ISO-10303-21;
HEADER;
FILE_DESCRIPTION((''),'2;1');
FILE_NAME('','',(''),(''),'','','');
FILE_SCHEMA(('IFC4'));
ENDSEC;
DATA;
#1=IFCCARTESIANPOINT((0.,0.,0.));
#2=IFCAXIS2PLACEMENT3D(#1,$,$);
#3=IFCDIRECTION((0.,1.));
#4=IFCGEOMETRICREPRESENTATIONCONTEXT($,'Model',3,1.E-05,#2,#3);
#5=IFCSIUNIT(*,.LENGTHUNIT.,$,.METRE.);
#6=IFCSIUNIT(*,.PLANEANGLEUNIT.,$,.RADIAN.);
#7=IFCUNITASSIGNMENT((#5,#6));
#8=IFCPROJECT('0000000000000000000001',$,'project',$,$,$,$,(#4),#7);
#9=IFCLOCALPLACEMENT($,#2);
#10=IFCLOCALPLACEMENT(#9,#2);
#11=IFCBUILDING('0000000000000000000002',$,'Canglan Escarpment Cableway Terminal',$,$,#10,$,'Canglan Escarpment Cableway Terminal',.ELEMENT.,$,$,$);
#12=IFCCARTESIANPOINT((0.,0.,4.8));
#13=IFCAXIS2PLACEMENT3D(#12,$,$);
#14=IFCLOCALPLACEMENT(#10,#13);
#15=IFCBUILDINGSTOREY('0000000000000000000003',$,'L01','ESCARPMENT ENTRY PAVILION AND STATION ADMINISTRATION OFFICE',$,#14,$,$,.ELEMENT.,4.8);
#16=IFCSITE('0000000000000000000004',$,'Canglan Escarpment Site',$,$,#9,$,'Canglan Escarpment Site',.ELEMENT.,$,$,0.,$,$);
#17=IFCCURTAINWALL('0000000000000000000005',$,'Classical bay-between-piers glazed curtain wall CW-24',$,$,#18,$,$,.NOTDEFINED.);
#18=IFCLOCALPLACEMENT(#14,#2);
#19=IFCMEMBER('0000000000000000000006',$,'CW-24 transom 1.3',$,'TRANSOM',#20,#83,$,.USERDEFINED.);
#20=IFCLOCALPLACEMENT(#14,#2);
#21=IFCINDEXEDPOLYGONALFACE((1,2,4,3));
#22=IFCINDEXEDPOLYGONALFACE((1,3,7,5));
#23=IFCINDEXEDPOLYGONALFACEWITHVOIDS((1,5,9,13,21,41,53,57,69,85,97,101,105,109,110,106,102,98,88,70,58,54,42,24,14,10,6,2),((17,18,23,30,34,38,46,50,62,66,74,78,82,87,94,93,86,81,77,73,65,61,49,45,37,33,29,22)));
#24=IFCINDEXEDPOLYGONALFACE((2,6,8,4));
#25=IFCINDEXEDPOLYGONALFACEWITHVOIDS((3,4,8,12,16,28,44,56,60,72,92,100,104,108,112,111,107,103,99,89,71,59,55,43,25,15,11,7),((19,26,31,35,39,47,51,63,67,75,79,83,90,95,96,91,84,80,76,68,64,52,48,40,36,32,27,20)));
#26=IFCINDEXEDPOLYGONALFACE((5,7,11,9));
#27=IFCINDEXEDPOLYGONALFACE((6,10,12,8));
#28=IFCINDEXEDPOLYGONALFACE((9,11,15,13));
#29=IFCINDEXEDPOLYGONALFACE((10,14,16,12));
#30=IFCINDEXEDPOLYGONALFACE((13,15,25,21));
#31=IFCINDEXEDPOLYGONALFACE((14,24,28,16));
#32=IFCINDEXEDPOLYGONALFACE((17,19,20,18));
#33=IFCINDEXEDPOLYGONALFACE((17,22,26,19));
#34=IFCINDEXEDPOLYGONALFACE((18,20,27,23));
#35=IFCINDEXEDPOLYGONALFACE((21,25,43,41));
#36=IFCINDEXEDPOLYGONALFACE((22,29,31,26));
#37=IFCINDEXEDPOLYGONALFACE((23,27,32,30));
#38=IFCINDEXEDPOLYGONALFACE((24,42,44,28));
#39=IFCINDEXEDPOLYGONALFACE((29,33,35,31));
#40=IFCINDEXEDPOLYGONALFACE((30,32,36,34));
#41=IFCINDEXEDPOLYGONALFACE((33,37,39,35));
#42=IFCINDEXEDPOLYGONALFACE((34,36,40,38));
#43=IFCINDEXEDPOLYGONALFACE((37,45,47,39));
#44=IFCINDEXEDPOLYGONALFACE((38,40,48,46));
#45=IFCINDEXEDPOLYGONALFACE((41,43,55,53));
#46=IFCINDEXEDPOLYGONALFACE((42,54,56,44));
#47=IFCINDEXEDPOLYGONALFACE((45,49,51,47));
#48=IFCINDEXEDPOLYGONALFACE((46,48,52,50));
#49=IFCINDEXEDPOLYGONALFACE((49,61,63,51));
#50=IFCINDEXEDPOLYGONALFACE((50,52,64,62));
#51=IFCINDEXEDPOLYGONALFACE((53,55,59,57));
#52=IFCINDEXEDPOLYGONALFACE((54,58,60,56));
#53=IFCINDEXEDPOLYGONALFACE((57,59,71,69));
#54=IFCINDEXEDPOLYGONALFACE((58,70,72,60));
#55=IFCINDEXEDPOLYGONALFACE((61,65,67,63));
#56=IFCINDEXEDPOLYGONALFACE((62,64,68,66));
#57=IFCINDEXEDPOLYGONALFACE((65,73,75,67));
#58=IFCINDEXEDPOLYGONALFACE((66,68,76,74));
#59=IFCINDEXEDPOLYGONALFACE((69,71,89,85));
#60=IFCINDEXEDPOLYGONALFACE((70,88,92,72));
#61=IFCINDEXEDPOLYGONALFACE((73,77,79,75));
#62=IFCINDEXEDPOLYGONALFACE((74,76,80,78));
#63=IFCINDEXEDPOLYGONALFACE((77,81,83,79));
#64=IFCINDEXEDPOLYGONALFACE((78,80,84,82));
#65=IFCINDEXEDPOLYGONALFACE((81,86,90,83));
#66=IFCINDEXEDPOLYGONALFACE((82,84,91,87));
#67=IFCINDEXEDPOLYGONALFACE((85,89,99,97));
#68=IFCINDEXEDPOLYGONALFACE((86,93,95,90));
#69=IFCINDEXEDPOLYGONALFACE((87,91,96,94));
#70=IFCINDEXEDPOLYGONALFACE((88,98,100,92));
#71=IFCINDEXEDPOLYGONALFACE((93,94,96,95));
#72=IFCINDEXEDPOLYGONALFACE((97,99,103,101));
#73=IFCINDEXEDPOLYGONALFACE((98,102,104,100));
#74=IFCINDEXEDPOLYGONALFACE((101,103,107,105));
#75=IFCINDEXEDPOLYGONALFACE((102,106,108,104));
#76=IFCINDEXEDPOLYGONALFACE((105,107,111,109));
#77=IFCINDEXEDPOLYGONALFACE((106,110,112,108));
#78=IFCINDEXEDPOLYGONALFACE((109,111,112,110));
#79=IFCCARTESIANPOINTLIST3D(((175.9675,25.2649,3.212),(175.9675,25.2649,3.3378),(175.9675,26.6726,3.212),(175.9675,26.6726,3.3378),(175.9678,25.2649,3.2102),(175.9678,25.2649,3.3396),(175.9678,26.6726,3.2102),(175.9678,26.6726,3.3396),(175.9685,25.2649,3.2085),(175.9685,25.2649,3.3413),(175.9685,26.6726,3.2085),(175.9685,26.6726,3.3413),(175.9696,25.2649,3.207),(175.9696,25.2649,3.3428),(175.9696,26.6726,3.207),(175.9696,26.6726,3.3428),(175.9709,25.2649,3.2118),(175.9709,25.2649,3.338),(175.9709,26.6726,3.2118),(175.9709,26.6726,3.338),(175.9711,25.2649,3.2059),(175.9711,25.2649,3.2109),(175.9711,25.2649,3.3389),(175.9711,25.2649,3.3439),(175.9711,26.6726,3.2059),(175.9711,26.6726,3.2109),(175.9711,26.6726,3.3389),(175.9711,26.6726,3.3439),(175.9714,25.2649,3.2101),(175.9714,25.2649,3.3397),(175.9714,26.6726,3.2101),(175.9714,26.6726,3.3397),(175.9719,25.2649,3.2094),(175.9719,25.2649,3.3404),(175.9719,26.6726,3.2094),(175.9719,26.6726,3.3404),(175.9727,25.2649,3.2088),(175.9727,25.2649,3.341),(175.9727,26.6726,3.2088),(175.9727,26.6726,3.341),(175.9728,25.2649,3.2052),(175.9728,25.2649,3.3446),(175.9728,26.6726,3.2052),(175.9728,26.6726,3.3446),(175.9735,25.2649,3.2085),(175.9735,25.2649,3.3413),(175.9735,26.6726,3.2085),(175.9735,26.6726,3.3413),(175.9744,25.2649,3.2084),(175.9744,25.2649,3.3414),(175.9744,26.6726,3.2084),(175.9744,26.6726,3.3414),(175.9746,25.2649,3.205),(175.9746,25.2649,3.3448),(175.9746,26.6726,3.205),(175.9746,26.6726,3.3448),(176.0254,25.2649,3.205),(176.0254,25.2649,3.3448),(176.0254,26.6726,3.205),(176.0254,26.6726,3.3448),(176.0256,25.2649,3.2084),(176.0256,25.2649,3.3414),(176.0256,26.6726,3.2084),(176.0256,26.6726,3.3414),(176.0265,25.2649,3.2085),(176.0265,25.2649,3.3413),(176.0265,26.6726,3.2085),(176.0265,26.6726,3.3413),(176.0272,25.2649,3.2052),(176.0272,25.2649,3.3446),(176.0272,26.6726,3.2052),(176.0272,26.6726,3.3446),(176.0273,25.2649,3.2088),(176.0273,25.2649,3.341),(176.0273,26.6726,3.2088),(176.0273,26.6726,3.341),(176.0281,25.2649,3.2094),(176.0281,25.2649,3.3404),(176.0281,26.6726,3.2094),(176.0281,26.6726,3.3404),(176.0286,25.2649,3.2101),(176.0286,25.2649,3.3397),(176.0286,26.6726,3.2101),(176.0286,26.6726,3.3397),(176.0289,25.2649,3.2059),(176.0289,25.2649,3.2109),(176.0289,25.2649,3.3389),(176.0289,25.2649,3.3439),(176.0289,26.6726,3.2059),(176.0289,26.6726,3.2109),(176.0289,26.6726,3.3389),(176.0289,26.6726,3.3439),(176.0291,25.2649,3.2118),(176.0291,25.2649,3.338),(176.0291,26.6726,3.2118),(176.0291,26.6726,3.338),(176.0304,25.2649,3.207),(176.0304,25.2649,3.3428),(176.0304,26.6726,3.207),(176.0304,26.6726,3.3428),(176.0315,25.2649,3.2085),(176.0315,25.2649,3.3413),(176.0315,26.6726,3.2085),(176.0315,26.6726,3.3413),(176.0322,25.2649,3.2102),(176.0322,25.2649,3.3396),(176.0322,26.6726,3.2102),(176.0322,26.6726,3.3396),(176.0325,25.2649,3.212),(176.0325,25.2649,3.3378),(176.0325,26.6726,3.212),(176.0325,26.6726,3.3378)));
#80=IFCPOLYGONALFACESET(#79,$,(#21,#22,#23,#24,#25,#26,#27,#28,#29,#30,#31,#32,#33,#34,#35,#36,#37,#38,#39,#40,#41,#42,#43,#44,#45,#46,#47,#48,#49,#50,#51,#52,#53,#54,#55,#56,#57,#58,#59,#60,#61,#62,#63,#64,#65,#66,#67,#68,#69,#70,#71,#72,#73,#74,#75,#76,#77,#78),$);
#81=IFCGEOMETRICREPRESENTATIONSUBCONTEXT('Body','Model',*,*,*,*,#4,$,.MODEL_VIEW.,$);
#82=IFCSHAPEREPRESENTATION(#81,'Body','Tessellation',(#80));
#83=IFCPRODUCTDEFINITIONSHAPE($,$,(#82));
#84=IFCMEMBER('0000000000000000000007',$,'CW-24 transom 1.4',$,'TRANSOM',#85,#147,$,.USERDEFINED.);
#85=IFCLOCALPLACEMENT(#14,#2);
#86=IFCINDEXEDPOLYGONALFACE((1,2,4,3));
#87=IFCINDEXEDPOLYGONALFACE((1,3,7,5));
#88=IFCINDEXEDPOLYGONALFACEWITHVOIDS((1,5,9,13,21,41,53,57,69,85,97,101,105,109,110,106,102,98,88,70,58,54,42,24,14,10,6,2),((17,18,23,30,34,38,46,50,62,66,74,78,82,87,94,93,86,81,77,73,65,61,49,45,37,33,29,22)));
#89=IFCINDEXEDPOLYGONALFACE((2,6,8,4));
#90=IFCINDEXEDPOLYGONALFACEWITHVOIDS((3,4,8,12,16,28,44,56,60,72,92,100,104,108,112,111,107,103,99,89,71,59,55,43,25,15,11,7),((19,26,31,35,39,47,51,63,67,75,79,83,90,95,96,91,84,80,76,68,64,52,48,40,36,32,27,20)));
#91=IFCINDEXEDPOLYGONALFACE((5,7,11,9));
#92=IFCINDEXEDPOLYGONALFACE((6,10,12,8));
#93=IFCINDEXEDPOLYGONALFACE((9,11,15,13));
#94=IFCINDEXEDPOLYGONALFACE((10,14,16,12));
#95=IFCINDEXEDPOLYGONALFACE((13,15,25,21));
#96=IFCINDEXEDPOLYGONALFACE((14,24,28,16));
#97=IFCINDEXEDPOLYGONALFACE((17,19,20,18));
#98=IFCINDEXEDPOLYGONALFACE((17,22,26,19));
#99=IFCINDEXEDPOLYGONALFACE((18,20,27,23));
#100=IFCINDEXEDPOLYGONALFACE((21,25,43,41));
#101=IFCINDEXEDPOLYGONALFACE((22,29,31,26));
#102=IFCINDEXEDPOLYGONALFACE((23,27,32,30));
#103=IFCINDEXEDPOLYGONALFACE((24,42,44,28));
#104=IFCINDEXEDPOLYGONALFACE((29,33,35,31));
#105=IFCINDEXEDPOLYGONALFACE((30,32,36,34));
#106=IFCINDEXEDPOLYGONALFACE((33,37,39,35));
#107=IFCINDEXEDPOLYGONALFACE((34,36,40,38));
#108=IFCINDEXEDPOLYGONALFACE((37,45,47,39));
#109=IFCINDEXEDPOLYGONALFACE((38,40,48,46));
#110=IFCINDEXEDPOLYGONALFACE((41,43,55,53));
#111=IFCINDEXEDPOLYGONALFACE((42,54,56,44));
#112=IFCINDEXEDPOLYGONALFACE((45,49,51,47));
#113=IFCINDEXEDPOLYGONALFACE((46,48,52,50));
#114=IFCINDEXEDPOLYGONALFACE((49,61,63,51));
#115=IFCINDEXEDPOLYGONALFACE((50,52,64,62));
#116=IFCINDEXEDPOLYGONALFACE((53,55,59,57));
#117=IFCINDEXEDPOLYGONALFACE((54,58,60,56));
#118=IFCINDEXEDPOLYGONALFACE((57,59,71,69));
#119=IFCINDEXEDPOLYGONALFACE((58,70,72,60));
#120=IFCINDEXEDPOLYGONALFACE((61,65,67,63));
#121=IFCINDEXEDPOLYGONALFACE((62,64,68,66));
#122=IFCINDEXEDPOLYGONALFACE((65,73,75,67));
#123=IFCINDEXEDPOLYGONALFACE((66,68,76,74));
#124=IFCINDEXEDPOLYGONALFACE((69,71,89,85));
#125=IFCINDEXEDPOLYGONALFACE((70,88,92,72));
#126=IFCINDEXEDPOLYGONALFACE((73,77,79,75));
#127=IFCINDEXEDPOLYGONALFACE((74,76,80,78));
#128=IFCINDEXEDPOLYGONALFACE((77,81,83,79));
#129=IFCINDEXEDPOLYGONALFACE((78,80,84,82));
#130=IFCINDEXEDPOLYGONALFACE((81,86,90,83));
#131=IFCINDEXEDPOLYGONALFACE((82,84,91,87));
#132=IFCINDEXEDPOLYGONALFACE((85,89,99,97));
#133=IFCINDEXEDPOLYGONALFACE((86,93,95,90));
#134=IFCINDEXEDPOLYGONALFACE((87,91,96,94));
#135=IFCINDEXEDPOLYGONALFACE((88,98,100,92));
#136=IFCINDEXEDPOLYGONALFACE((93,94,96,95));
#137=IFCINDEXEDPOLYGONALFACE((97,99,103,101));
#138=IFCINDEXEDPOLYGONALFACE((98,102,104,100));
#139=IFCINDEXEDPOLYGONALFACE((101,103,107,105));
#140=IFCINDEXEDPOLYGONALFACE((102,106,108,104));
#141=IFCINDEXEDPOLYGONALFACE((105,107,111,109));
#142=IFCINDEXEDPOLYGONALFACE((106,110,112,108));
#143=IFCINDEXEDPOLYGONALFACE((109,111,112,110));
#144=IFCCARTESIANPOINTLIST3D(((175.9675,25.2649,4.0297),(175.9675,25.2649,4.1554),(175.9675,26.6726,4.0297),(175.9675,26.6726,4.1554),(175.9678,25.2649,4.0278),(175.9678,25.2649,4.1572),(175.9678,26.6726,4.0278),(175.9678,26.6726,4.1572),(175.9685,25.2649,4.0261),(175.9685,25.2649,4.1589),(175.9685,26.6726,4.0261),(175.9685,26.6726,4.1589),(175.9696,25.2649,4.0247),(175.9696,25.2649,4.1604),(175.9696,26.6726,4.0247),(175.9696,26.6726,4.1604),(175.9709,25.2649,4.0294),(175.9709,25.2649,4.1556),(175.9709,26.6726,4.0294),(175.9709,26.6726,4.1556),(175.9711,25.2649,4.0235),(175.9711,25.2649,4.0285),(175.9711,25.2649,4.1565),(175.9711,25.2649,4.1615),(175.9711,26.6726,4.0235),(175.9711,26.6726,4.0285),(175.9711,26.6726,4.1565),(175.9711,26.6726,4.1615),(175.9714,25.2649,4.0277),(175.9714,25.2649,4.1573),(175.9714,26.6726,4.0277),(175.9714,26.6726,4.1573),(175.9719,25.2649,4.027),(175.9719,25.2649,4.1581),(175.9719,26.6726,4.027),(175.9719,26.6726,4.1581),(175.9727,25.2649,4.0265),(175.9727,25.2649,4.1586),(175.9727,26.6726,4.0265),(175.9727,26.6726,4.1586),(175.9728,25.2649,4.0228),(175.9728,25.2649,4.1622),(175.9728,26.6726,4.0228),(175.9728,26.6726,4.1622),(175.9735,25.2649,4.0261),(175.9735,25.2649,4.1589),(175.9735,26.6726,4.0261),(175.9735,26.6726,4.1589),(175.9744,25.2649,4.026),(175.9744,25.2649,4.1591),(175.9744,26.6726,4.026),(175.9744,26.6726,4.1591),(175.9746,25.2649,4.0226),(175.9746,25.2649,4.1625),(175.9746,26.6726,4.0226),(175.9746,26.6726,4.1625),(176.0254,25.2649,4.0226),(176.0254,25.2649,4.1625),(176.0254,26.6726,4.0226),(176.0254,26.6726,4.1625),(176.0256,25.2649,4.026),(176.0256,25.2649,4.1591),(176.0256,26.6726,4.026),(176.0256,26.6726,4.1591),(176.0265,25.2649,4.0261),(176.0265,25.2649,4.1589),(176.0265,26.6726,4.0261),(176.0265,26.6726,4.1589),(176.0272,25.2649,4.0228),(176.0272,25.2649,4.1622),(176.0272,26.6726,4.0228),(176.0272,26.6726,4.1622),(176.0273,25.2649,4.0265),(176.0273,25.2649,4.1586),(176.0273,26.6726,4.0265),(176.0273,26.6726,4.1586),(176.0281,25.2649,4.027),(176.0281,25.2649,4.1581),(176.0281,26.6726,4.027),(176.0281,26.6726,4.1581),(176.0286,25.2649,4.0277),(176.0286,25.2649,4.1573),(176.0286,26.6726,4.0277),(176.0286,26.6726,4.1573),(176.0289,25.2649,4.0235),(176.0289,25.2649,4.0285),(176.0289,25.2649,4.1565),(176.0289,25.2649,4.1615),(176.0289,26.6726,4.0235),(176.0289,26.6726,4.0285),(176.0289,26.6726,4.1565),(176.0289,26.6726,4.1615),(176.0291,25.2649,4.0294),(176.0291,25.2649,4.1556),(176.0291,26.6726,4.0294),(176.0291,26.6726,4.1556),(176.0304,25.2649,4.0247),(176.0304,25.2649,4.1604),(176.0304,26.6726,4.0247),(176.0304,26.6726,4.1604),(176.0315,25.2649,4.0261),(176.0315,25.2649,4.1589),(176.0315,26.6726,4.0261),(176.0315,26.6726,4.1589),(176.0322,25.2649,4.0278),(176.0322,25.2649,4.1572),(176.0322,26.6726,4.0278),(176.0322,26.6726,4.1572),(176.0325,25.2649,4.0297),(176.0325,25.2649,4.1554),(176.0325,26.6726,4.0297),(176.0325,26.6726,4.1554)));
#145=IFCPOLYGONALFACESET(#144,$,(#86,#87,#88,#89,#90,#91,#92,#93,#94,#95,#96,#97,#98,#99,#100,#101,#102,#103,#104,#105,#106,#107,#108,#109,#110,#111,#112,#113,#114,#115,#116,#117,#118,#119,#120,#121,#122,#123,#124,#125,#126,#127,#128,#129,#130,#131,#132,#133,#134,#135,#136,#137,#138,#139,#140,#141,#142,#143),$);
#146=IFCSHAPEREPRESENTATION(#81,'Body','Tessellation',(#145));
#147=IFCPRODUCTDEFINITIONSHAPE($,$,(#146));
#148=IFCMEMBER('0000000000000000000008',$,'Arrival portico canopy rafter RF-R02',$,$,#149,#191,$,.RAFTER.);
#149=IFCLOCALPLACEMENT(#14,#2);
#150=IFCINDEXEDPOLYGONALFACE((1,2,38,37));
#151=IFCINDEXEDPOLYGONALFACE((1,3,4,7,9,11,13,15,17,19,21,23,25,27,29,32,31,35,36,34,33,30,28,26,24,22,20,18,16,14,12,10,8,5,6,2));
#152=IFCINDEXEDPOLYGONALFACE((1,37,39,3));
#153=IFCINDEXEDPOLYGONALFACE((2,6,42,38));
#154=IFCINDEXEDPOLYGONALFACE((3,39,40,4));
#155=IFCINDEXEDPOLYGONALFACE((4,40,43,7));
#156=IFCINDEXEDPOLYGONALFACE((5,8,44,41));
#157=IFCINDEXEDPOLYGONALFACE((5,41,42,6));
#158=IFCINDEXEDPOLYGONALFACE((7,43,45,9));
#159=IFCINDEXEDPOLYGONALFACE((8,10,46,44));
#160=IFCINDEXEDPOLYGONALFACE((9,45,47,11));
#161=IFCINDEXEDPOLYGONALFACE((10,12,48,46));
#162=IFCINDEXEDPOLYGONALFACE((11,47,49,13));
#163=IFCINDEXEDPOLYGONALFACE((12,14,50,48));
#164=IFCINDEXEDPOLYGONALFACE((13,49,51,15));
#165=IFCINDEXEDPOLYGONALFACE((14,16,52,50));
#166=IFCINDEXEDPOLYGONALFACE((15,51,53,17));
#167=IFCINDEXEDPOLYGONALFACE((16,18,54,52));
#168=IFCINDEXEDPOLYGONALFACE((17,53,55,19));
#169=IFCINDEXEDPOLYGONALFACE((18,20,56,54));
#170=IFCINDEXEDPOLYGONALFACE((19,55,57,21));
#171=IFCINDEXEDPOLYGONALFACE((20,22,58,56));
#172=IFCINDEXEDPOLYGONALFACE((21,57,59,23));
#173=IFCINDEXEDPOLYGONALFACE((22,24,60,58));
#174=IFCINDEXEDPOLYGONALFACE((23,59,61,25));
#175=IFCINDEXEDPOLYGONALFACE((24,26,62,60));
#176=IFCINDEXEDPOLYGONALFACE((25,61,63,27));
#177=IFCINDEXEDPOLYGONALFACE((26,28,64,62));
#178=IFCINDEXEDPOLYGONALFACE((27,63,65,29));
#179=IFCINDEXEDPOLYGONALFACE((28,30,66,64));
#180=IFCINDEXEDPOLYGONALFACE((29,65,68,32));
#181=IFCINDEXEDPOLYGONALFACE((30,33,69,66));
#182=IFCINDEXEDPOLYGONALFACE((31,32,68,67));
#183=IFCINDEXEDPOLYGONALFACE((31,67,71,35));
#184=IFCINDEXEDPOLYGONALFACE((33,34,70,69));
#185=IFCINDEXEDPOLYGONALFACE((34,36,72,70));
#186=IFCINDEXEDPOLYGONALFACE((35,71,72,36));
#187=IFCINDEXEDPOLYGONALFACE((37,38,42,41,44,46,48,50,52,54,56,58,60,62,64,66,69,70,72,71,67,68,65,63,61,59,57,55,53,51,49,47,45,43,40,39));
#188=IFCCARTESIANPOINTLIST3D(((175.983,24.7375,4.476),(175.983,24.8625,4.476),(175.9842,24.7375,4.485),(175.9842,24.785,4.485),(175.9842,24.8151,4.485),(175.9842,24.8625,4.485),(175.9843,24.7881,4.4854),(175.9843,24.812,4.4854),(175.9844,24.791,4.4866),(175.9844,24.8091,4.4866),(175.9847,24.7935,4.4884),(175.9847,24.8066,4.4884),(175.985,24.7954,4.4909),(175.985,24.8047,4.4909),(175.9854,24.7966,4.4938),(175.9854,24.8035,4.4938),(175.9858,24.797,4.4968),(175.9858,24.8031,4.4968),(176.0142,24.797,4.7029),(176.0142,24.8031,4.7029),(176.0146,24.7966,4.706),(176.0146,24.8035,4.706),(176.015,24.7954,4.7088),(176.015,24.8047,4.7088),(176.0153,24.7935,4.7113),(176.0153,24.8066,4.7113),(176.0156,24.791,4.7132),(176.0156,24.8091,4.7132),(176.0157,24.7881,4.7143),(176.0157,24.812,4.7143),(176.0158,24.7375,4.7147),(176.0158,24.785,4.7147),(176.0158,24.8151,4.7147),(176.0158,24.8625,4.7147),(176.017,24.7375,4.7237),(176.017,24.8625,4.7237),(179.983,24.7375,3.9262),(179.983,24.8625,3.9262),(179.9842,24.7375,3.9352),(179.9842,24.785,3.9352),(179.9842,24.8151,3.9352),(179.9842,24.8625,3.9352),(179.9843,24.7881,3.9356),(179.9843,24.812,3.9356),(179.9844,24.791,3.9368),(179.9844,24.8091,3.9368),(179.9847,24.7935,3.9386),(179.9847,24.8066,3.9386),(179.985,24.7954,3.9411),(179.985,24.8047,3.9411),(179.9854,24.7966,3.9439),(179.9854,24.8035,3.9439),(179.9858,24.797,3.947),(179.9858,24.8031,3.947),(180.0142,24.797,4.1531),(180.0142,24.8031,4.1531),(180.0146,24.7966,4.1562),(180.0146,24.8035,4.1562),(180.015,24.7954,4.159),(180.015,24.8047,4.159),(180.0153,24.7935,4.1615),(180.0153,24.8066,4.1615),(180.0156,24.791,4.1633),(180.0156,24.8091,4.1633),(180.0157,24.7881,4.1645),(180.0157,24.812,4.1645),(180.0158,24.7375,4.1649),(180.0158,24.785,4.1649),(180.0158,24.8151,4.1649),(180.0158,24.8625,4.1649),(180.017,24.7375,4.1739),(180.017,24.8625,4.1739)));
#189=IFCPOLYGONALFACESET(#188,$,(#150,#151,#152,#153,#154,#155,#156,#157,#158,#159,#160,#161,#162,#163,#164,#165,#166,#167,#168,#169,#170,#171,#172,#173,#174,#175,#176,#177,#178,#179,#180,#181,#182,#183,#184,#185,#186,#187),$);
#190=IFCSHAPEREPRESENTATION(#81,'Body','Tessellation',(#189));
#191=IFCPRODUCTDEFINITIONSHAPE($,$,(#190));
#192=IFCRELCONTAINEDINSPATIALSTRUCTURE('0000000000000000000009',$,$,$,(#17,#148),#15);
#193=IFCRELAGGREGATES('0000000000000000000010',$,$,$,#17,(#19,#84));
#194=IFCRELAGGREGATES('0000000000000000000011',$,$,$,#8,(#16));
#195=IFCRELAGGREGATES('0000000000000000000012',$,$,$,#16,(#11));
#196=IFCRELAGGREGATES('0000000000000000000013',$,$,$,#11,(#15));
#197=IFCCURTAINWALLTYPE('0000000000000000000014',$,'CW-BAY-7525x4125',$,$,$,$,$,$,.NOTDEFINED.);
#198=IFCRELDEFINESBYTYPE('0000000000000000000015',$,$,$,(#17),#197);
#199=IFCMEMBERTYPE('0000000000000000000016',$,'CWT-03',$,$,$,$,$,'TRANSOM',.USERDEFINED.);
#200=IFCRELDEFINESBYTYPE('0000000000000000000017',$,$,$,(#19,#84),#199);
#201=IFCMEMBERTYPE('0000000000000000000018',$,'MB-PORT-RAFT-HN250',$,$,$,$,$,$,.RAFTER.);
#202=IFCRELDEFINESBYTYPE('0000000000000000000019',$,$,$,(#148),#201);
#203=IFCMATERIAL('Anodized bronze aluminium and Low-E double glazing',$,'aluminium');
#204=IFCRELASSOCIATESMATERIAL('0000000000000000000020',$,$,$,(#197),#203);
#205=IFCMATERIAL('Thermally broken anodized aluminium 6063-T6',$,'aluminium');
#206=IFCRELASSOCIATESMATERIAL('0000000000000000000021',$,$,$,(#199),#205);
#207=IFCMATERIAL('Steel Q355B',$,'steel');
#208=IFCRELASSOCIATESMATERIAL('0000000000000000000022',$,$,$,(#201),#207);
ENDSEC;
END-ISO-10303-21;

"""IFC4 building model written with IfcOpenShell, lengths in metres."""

from ifc_helpers import new_model, si_unit, direction, frame, origin, origin_2d, place, context, subcontext, project, spatial, hollow_rectangle, i_section, extrude, material, material_profile, profile_set, type_object, element, aggregate, save


model = new_model("IFC4")

# Units and contexts
model_context = context("Model", 3, precision=1e-05, world=origin(), true_north=direction((0.0, 1.0)))
body_context = subcontext(model_context, "Body", "Model", "MODEL_VIEW")
ifc_project = project(units=[si_unit("LENGTHUNIT", "METRE"), si_unit("PLANEANGLEUNIT", "RADIAN")], contexts=[model_context])

# Site, building, storey
site_placement = place(None, origin())
site = spatial("IfcSite", under=ifc_project, at=site_placement, Name="Canglan Escarpment Site", LongName="Canglan Escarpment Site", CompositionType="ELEMENT", RefElevation=0.0)
building_placement = place(site_placement, origin())
building = spatial("IfcBuilding", under=site, at=building_placement, Name="Canglan Escarpment Cableway Terminal", LongName="Canglan Escarpment Cableway Terminal", CompositionType="ELEMENT")
storey_placement = place(building_placement, frame((0.0, 0.0, 4.8)))
storey = spatial("IfcBuildingStorey", under=building, at=storey_placement, Name="L01", Description="ESCARPMENT ENTRY PAVILION AND STATION ADMINISTRATION OFFICE", CompositionType="ELEMENT", Elevation=4.8)

# Shared definitions
ifc_material_1 = material(Name="Steel Q355B", Category="steel")

# Curtain wall, members
ifc_material_2 = material(Name="Anodized bronze aluminium and Low-E double glazing", Category="aluminium")
curtain_wall_type = type_object("IfcCurtainWallType", Name="CW-BAY-7525x4125", PredefinedType="NOTDEFINED", material=ifc_material_2)
curtain_wall_placement = place(storey_placement, origin())
curtain_wall = element("IfcCurtainWall", 1, at=curtain_wall_placement, inside=storey, type_object=curtain_wall_type, Name="Classical bay-between-piers glazed curtain wall CW-24", PredefinedType="NOTDEFINED")
ifc_material_3 = material(Name="Thermally broken anodized aluminium 6063-T6", Category="aluminium")
ifc_material_profile_1 = material_profile(ifc_material_3, hollow_rectangle(XDim=0.0649, YDim=0.1399, WallThickness=0.0034, InnerFilletRadius=0.0034, OuterFilletRadius=0.0071, at=origin_2d()), Name="ALU-TRAN 65x140x3.5")
ifc_profile_set_1 = profile_set([ifc_material_profile_1], Name="Thermally broken anodized aluminium 6063-T6")
member_type_1 = type_object("IfcMemberType", Name="CWT-03", ElementType="TRANSOM", PredefinedType="USERDEFINED", material=ifc_profile_set_1)
member_1_placement = place(storey_placement, frame((176.0, 25.2649, 3.2749), z_axis=(0.0, 1.0, 0.0), x_axis=(-1.0, 0.0, 0.0)))
member_1 = element("IfcMember", 2, at=member_1_placement, type_object=member_type_1, Name="CW-24 transom 1.3", ObjectType="TRANSOM", PredefinedType="USERDEFINED", context=body_context, shape_type="SweptSolid", body=[
    extrude(hollow_rectangle(XDim=0.0649, YDim=0.1399, WallThickness=0.0034, InnerFilletRadius=0.0034, OuterFilletRadius=0.0071, at=origin_2d()), origin(), (0.0, 0.0, 1.0), 1.4077),
])
member_2_placement = place(storey_placement, frame((176.0, 25.2649, 4.0925), z_axis=(0.0, 1.0, 0.0), x_axis=(-1.0, 0.0, 0.0)))
member_2 = element("IfcMember", 3, at=member_2_placement, type_object=member_type_1, Name="CW-24 transom 1.4", ObjectType="TRANSOM", PredefinedType="USERDEFINED", context=body_context, shape_type="SweptSolid", body=[
    extrude(hollow_rectangle(XDim=0.0649, YDim=0.1399, WallThickness=0.0034, InnerFilletRadius=0.0034, OuterFilletRadius=0.0071, at=origin_2d()), origin(), (0.0, 0.0, 1.0), 1.4077),
])

# Member
ifc_material_profile_2 = material_profile(ifc_material_1, i_section(OverallWidth=0.125, OverallDepth=0.25, WebThickness=0.0061, FlangeThickness=0.009, FilletRadius=0.012, at=origin_2d()), Name="HN 250x125x6x9")
ifc_profile_set_2 = profile_set([ifc_material_profile_2], Name="Steel Q355B")
member_type_2 = type_object("IfcMemberType", Name="MB-PORT-RAFT-HN250", PredefinedType="RAFTER", material=ifc_profile_set_2)
member_3_placement = place(storey_placement, frame((176.0, 24.8, 4.5999), z_axis=(0.990685, 0.0, -0.136171), x_axis=(0.0, 1.0, 0.0)))
element("IfcMember", 4, at=member_3_placement, inside=storey, type_object=member_type_2, Name="Arrival portico canopy rafter RF-R02", PredefinedType="RAFTER", context=body_context, shape_type="SweptSolid", body=[
    extrude(i_section(OverallWidth=0.125, OverallDepth=0.25, WebThickness=0.0061, FlangeThickness=0.009, FilletRadius=0.012, at=origin_2d()), origin(), (0.0, 0.0, 1.0), 4.0376),
])

aggregate(curtain_wall, [member_1, member_2])

save(model, "model.ifc")
